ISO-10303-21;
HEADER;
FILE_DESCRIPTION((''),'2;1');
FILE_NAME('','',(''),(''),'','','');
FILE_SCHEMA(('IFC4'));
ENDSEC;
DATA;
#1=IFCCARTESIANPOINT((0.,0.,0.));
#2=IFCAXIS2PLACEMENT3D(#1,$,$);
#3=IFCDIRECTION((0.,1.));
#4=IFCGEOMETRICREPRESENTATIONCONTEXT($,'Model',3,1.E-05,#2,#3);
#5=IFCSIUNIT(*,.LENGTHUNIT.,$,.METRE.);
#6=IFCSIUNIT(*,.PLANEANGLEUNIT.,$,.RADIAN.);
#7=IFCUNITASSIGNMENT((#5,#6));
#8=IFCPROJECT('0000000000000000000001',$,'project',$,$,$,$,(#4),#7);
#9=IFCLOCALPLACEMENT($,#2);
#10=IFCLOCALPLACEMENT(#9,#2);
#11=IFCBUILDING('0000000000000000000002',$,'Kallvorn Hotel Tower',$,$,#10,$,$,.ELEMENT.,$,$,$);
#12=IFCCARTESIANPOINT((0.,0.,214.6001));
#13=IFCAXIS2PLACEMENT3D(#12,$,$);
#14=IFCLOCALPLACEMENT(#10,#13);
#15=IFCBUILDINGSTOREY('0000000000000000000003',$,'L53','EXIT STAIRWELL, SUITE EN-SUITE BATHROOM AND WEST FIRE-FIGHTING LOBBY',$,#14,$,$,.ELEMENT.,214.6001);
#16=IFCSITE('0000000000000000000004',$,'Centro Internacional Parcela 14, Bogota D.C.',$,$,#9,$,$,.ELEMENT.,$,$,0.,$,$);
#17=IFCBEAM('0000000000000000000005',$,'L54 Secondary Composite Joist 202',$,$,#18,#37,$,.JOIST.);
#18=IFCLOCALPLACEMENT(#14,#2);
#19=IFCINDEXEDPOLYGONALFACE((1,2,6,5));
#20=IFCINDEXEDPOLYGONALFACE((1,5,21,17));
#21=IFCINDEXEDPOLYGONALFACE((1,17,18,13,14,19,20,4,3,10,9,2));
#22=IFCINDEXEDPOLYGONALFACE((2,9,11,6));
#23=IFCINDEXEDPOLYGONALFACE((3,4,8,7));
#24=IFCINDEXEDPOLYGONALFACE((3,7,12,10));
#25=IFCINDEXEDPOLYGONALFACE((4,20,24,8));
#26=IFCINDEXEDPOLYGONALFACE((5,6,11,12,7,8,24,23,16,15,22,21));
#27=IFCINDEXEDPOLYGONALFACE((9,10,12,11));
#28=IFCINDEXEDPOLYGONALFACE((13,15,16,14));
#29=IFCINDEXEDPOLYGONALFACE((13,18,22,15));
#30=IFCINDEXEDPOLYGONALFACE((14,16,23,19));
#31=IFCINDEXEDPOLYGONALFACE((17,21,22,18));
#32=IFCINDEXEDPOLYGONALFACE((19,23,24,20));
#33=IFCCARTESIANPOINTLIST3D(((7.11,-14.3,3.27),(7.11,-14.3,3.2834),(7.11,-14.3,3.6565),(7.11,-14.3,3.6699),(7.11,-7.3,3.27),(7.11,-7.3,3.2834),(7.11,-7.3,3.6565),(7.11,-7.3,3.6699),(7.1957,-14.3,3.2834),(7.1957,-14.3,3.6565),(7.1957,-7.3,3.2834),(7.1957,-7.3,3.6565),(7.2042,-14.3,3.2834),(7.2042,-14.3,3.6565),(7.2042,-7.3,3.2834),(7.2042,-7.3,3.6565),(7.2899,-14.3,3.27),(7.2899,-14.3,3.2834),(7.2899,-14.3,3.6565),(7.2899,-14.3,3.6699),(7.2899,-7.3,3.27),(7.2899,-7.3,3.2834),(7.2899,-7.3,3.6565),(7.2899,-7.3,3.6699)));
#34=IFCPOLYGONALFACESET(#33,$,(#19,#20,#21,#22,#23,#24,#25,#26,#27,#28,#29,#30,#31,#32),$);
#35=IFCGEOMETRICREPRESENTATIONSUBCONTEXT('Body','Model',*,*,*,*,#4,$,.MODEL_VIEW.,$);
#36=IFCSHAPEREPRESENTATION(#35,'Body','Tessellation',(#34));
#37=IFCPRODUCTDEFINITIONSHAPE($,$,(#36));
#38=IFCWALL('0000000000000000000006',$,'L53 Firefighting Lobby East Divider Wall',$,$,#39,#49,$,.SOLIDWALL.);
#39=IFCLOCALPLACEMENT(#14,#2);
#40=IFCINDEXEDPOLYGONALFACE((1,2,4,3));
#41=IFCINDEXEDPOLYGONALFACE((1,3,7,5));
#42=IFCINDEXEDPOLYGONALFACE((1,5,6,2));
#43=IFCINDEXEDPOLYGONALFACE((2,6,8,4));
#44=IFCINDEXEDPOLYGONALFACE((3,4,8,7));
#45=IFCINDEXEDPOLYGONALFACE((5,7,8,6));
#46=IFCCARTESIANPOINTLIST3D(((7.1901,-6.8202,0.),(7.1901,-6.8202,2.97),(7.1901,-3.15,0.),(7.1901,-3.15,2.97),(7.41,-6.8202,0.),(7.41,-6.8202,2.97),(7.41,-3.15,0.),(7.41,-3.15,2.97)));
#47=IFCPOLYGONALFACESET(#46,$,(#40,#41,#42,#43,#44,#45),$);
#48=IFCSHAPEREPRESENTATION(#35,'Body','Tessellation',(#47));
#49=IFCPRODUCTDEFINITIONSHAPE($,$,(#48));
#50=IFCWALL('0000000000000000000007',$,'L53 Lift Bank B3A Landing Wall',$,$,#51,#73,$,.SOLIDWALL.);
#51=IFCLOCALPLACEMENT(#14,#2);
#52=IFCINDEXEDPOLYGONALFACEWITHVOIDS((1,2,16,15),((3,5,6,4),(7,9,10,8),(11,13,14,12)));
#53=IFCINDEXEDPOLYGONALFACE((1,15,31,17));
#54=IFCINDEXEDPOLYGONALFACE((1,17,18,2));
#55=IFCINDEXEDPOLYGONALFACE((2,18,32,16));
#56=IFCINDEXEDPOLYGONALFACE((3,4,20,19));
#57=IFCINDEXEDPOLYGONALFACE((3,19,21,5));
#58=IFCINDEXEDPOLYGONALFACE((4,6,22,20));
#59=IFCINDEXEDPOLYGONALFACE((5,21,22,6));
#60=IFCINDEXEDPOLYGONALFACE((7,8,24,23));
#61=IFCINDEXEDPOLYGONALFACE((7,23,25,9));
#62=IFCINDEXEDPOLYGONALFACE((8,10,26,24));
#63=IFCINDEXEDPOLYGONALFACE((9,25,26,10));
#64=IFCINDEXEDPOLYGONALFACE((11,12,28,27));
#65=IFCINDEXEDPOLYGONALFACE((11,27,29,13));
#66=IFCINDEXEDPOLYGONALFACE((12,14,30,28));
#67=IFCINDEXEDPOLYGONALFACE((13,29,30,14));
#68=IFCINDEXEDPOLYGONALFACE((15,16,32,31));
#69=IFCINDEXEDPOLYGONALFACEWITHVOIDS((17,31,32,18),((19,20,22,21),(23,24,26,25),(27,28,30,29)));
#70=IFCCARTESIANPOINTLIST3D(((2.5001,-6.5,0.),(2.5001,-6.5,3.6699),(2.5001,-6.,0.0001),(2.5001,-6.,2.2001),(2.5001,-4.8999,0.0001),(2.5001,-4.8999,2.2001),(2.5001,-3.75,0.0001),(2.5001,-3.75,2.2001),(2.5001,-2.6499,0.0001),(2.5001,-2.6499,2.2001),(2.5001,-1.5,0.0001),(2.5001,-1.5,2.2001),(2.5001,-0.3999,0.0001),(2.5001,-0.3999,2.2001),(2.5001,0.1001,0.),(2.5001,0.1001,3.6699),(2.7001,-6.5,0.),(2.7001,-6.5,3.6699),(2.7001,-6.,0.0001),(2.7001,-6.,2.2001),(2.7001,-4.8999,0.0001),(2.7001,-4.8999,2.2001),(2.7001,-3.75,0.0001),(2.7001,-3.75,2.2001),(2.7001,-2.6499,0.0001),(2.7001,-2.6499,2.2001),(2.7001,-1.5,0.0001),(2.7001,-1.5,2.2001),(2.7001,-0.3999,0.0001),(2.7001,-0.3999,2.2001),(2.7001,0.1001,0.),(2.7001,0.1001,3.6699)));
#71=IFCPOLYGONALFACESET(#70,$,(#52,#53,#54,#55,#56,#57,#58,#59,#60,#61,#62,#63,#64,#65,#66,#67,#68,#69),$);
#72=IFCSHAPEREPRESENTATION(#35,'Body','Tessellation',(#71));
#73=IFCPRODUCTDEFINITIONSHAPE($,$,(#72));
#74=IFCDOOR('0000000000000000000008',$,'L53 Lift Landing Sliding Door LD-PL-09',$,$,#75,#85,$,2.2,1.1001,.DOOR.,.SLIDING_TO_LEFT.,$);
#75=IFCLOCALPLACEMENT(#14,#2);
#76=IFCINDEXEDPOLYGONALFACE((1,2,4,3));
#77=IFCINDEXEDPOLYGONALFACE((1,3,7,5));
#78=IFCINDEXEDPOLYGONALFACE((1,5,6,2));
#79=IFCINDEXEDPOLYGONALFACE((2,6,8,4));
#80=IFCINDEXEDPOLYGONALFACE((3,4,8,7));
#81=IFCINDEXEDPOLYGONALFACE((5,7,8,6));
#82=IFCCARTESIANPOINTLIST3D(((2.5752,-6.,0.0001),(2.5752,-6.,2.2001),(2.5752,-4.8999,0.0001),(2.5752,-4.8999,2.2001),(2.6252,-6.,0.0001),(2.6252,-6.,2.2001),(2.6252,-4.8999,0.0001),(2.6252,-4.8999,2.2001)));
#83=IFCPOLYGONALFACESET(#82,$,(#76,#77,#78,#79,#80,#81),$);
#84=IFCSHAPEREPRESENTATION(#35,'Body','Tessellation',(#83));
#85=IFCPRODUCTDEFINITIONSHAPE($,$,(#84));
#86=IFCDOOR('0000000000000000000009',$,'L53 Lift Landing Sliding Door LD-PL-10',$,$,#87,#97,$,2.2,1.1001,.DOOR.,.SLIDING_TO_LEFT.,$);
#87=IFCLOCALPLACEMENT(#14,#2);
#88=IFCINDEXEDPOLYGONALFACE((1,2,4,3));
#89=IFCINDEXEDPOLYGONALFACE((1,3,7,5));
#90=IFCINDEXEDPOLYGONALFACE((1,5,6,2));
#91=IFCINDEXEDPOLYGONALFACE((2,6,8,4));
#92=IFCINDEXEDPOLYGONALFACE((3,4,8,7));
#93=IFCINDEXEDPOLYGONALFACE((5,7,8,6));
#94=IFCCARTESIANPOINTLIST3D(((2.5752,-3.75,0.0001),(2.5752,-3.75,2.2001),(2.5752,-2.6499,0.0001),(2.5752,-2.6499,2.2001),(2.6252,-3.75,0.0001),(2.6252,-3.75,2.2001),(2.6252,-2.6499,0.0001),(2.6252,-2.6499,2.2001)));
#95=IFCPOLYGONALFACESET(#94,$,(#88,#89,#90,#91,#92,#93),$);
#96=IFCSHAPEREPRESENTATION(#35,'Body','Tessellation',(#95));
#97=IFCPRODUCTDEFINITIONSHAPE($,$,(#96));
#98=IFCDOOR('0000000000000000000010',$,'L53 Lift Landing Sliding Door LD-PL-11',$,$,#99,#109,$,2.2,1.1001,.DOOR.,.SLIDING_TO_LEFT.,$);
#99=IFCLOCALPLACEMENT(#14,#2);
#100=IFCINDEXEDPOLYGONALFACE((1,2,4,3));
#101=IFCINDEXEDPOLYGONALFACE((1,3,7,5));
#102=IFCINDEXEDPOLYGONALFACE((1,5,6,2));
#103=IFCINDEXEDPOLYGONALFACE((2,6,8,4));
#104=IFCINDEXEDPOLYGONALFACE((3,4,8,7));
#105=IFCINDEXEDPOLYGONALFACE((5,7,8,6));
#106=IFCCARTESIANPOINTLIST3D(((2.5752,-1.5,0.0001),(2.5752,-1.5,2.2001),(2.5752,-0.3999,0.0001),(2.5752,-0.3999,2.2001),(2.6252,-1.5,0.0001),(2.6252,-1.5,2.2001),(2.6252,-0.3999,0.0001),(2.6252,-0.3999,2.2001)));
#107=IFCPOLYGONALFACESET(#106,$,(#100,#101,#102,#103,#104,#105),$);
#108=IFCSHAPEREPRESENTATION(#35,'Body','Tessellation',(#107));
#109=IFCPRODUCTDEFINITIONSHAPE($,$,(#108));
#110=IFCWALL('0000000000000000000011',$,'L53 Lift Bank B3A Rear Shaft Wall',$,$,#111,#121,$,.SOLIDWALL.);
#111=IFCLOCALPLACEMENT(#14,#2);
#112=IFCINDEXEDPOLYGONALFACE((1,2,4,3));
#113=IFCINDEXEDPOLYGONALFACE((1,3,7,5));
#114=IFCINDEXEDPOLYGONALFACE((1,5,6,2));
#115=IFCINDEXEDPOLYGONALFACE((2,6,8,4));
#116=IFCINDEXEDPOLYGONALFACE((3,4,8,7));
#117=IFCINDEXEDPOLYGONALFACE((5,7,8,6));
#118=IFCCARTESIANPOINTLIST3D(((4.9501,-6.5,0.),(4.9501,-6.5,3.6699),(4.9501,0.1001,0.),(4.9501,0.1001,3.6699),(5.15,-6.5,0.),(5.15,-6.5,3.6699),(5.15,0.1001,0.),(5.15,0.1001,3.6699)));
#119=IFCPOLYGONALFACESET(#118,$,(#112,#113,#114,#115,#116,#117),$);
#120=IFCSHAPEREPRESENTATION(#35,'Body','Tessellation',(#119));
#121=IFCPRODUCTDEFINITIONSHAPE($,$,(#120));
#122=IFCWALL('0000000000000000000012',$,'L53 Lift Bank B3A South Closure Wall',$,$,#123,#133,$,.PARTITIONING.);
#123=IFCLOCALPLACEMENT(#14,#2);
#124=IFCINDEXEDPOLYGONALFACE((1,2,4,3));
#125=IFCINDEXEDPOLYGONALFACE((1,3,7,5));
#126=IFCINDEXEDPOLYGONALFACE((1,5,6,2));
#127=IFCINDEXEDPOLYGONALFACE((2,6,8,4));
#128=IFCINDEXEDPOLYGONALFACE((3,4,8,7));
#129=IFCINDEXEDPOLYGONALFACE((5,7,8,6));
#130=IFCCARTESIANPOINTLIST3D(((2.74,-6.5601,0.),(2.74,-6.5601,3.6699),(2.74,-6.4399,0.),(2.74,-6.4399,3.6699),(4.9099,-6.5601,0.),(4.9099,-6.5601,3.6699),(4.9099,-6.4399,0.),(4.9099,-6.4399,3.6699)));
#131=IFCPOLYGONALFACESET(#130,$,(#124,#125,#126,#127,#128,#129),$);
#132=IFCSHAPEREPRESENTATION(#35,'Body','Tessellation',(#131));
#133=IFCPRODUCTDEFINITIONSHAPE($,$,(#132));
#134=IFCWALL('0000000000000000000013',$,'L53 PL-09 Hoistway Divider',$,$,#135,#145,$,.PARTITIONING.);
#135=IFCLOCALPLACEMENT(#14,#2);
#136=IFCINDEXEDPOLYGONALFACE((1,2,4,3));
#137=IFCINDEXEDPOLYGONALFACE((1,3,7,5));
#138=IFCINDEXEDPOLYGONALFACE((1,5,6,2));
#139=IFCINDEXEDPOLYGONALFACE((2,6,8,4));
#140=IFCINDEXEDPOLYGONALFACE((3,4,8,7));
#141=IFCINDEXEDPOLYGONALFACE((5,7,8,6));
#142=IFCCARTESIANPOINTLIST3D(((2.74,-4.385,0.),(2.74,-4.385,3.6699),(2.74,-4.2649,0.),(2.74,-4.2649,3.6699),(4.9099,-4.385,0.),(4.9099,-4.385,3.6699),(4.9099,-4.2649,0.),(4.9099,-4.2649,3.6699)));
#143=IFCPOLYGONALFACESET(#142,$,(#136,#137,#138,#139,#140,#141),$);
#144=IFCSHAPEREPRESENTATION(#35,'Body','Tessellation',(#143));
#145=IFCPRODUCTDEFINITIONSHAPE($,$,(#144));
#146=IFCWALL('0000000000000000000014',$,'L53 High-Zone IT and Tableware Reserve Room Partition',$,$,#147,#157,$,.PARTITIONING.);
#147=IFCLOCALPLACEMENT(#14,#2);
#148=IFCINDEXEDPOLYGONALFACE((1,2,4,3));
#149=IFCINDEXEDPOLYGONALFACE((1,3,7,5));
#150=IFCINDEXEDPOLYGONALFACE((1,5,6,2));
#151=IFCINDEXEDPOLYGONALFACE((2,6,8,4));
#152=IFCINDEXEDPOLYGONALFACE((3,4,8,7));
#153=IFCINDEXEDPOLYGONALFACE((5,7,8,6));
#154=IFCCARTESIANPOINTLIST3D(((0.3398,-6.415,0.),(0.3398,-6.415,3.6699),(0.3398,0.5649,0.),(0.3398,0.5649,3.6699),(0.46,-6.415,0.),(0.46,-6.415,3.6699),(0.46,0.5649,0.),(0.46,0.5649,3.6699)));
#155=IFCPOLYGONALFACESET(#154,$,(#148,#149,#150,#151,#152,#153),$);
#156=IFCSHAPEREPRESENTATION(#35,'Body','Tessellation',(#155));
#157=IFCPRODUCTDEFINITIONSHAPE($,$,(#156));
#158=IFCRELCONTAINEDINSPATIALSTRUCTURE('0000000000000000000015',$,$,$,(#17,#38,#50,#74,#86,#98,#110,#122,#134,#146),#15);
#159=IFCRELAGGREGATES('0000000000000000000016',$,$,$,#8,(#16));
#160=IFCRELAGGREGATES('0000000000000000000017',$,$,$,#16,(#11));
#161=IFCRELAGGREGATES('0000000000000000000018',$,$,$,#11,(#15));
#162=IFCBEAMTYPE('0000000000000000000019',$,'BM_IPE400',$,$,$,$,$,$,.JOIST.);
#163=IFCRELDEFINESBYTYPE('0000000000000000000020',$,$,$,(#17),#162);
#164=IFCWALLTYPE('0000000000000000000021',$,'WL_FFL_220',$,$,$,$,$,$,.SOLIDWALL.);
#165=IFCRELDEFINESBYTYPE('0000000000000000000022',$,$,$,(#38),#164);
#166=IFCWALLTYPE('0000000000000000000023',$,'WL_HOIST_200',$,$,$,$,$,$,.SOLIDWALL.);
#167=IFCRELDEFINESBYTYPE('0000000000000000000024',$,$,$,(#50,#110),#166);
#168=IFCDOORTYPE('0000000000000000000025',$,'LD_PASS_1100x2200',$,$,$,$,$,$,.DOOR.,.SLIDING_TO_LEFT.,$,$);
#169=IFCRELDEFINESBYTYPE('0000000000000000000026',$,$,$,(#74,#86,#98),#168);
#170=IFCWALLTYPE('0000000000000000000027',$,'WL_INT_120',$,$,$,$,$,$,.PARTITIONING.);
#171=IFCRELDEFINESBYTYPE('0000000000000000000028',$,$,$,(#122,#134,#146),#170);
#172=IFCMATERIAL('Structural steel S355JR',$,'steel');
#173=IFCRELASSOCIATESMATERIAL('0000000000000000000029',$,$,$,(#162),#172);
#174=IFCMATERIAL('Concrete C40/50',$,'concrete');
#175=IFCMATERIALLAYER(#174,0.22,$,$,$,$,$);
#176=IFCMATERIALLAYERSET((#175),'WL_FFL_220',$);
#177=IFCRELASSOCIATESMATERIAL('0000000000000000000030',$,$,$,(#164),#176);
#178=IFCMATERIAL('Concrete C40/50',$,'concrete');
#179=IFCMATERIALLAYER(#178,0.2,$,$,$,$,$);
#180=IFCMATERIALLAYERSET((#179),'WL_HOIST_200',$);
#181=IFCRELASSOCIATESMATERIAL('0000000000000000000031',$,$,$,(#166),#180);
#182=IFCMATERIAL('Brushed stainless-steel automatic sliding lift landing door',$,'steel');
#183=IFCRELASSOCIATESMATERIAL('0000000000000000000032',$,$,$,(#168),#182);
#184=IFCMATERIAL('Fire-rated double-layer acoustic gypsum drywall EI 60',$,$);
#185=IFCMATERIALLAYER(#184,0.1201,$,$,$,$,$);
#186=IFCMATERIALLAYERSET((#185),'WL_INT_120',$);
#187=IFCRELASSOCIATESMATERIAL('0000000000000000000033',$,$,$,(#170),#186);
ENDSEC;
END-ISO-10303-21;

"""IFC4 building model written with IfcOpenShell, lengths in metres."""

from ifc_helpers import new_model, si_unit, direction, frame, frame_2d, origin, origin_2d, place, context, subcontext, project, spatial, rectangle, i_section, extrude, material, layer, layer_set, material_profile, profile_set, type_object, element, fill, save


model = new_model("IFC4")

# Units and contexts
model_context = context("Model", 3, precision=1e-05, world=origin(), true_north=direction((0.0, 1.0)))
body_context = subcontext(model_context, "Body", "Model", "MODEL_VIEW")
ifc_project = project(units=[si_unit("LENGTHUNIT", "METRE"), si_unit("PLANEANGLEUNIT", "RADIAN")], contexts=[model_context])

# Site, building, storey
site_placement = place(None, origin())
site = spatial("IfcSite", under=ifc_project, at=site_placement, Name="Centro Internacional Parcela 14, Bogota D.C.", CompositionType="ELEMENT", RefElevation=0.0)
building_placement = place(site_placement, origin())
building = spatial("IfcBuilding", under=site, at=building_placement, Name="Kallvorn Hotel Tower", CompositionType="ELEMENT")
storey_placement = place(building_placement, frame((0.0, 0.0, 214.6001)))
storey = spatial("IfcBuildingStorey", under=building, at=storey_placement, Name="L53", Description="EXIT STAIRWELL, SUITE EN-SUITE BATHROOM AND WEST FIRE-FIGHTING LOBBY", CompositionType="ELEMENT", Elevation=214.6001)

# Beam
ifc_material_1 = material(Name="Structural steel S355JR", Category="steel")
ifc_material_profile_1 = material_profile(ifc_material_1, i_section(OverallWidth=0.1799, OverallDepth=0.3999, WebThickness=0.0085, FlangeThickness=0.0134, at=origin_2d()), Name="IPE 400")
ifc_profile_set_1 = profile_set([ifc_material_profile_1], Name="Structural steel S355JR")
beam_type_1 = type_object("IfcBeamType", Name="BM_IPE400", PredefinedType="JOIST", material=ifc_profile_set_1)
beam_1_placement = place(storey_placement, frame((7.2, -14.3, 3.47), z_axis=(0.0, 1.0, 0.0), x_axis=(-1.0, 0.0, 0.0)))
element("IfcBeam", 1, at=beam_1_placement, inside=storey, type_object=beam_type_1, Name="L54 Secondary Composite Joist 202", PredefinedType="JOIST", context=body_context, shape_type="SweptSolid", body=[
    extrude(i_section(OverallWidth=0.1799, OverallDepth=0.3999, WebThickness=0.0085, FlangeThickness=0.0134, at=origin_2d()), origin(), (0.0, 0.0, 1.0), 7.0),
])

# Wall
ifc_material_2 = material(Name="Concrete C40/50", Category="concrete")
ifc_layer_1 = layer(ifc_material_2, 0.22)
ifc_layer_set_1 = layer_set([ifc_layer_1], Name="WL_FFL_220")
wall_type_1 = type_object("IfcWallType", Name="WL_FFL_220", PredefinedType="SOLIDWALL", material=ifc_layer_set_1)
wall_1_placement = place(storey_placement, frame((7.3, -6.8201, 0.0), z_axis=(0.0, 0.0, 1.0), x_axis=(0.0, 1.0, 0.0)))
element("IfcWall", 2, at=wall_1_placement, inside=storey, type_object=wall_type_1, Name="L53 Firefighting Lobby East Divider Wall", PredefinedType="SOLIDWALL", context=body_context, shape_type="SweptSolid", body=[
    extrude(rectangle(XDim=3.6702, YDim=0.22, at=frame_2d((1.835, 0.0))), origin(), (0.0, 0.0, 1.0), 2.97),
])

# Wall, openings, doors
ifc_material_3 = material(Name="Concrete C40/50", Category="concrete")
ifc_layer_2 = layer(ifc_material_3, 0.2)
ifc_layer_set_2 = layer_set([ifc_layer_2], Name="WL_HOIST_200")
wall_type_2 = type_object("IfcWallType", Name="WL_HOIST_200", PredefinedType="SOLIDWALL", material=ifc_layer_set_2)
wall_2_placement = place(storey_placement, frame((2.6001, -6.5, 0.0), z_axis=(0.0, 0.0, 1.0), x_axis=(0.0, 1.0, 0.0)))
wall_2 = element("IfcWall", 3, at=wall_2_placement, inside=storey, type_object=wall_type_2, Name="L53 Lift Bank B3A Landing Wall", PredefinedType="SOLIDWALL", context=body_context, shape_type="SweptSolid", body=[
    extrude(rectangle(XDim=6.6001, YDim=0.2, at=frame_2d((3.3, 0.0))), origin(), (0.0, 0.0, 1.0), 3.6699),
])
opening_1_placement = place(wall_2_placement, frame((0.5, 0.0, 0.0)))
opening_1 = element("IfcOpeningElement", 4, at=opening_1_placement, cuts=wall_2, PredefinedType="OPENING", context=body_context, shape_type="SweptSolid", body=[
    extrude(rectangle(XDim=1.1001, YDim=2.2, at=frame_2d((0.55, 1.1001))), frame((0.0, 0.115, 0.0), z_axis=(0.0, -1.0, 0.0), x_axis=(1.0, 0.0, 0.0)), (0.0, 0.0, 1.0), 0.23),
])
opening_2_placement = place(wall_2_placement, frame((2.75, 0.0, 0.0)))
opening_2 = element("IfcOpeningElement", 5, at=opening_2_placement, cuts=wall_2, PredefinedType="OPENING", context=body_context, shape_type="SweptSolid", body=[
    extrude(rectangle(XDim=1.1001, YDim=2.2, at=frame_2d((0.55, 1.1001))), frame((0.0, 0.115, 0.0), z_axis=(0.0, -1.0, 0.0), x_axis=(1.0, 0.0, 0.0)), (0.0, 0.0, 1.0), 0.23),
])
opening_3_placement = place(wall_2_placement, frame((5.0, 0.0, 0.0)))
opening_3 = element("IfcOpeningElement", 6, at=opening_3_placement, cuts=wall_2, PredefinedType="OPENING", context=body_context, shape_type="SweptSolid", body=[
    extrude(rectangle(XDim=1.1001, YDim=2.2, at=frame_2d((0.55, 1.1001))), frame((0.0, 0.115, 0.0), z_axis=(0.0, -1.0, 0.0), x_axis=(1.0, 0.0, 0.0)), (0.0, 0.0, 1.0), 0.23),
])
ifc_material_4 = material(Name="Brushed stainless-steel automatic sliding lift landing door", Category="steel")
door_type_1 = type_object("IfcDoorType", Name="LD_PASS_1100x2200", OperationType="SLIDING_TO_LEFT", PredefinedType="DOOR", material=ifc_material_4)
door_1_placement = place(opening_1_placement, origin())
door_1 = element("IfcDoor", 7, at=door_1_placement, inside=storey, type_object=door_type_1, Name="L53 Lift Landing Sliding Door LD-PL-09", OperationType="SLIDING_TO_LEFT", OverallHeight=2.2, OverallWidth=1.1001, PredefinedType="DOOR", context=body_context, shape_type="SweptSolid", body=[
    extrude(rectangle(XDim=1.1001, YDim=2.2, at=frame_2d((0.55, 1.1001))), frame((0.0, 0.0249, 0.0), z_axis=(0.0, -1.0, 0.0), x_axis=(1.0, 0.0, 0.0)), (0.0, 0.0, 1.0), 0.05),
])
fill(opening_1, door_1)
door_2_placement = place(opening_2_placement, origin())
door_2 = element("IfcDoor", 8, at=door_2_placement, inside=storey, type_object=door_type_1, Name="L53 Lift Landing Sliding Door LD-PL-10", OperationType="SLIDING_TO_LEFT", OverallHeight=2.2, OverallWidth=1.1001, PredefinedType="DOOR", context=body_context, shape_type="SweptSolid", body=[
    extrude(rectangle(XDim=1.1001, YDim=2.2, at=frame_2d((0.55, 1.1001))), frame((0.0, 0.0249, 0.0), z_axis=(0.0, -1.0, 0.0), x_axis=(1.0, 0.0, 0.0)), (0.0, 0.0, 1.0), 0.05),
])
fill(opening_2, door_2)
door_3_placement = place(opening_3_placement, origin())
door_3 = element("IfcDoor", 9, at=door_3_placement, inside=storey, type_object=door_type_1, Name="L53 Lift Landing Sliding Door LD-PL-11", OperationType="SLIDING_TO_LEFT", OverallHeight=2.2, OverallWidth=1.1001, PredefinedType="DOOR", context=body_context, shape_type="SweptSolid", body=[
    extrude(rectangle(XDim=1.1001, YDim=2.2, at=frame_2d((0.55, 1.1001))), frame((0.0, 0.0249, 0.0), z_axis=(0.0, -1.0, 0.0), x_axis=(1.0, 0.0, 0.0)), (0.0, 0.0, 1.0), 0.05),
])
fill(opening_3, door_3)

# Walls
wall_3_placement = place(storey_placement, frame((5.05, -6.5, 0.0), z_axis=(0.0, 0.0, 1.0), x_axis=(0.0, 1.0, 0.0)))
element("IfcWall", 10, at=wall_3_placement, inside=storey, type_object=wall_type_2, Name="L53 Lift Bank B3A Rear Shaft Wall", PredefinedType="SOLIDWALL", context=body_context, shape_type="SweptSolid", body=[
    extrude(rectangle(XDim=6.6001, YDim=0.2, at=frame_2d((3.3, 0.0))), origin(), (0.0, 0.0, 1.0), 3.6699),
])
ifc_material_5 = material(Name="Fire-rated double-layer acoustic gypsum drywall EI 60")
ifc_layer_3 = layer(ifc_material_5, 0.1201)
ifc_layer_set_3 = layer_set([ifc_layer_3], Name="WL_INT_120")
wall_type_3 = type_object("IfcWallType", Name="WL_INT_120", PredefinedType="PARTITIONING", material=ifc_layer_set_3)
for number, where, z_axis, x_axis, name in (
    (11, (2.74, -6.5, 0.0), (0.0, 0.0, 1.0), (1.0, 0.0, 0.0), "L53 Lift Bank B3A South Closure Wall"),
    (12, (2.74, -4.325, 0.0), (0.0, 0.0, 1.0), (1.0, 0.0, 0.0), "L53 PL-09 Hoistway Divider"),
):
    element("IfcWall", number, at=place(storey_placement, frame(where, z_axis=z_axis, x_axis=x_axis)), inside=storey, type_object=wall_type_3, Name=name, PredefinedType="PARTITIONING", context=body_context, shape_type="SweptSolid", body=[
        extrude(rectangle(XDim=2.1699, YDim=0.1201, at=frame_2d((1.085, 0.0))), origin(), (0.0, 0.0, 1.0), 3.6699),
    ])
wall_4_placement = place(storey_placement, frame((0.3999, -6.415, 0.0), z_axis=(0.0, 0.0, 1.0), x_axis=(0.0, 1.0, 0.0)))
element("IfcWall", 13, at=wall_4_placement, inside=storey, type_object=wall_type_3, Name="L53 High-Zone IT and Tableware Reserve Room Partition", PredefinedType="PARTITIONING", context=body_context, shape_type="SweptSolid", body=[
    extrude(rectangle(XDim=6.98, YDim=0.1201, at=frame_2d((3.49, 0.0))), origin(), (0.0, 0.0, 1.0), 3.6699),
])

save(model, "model.ifc")
